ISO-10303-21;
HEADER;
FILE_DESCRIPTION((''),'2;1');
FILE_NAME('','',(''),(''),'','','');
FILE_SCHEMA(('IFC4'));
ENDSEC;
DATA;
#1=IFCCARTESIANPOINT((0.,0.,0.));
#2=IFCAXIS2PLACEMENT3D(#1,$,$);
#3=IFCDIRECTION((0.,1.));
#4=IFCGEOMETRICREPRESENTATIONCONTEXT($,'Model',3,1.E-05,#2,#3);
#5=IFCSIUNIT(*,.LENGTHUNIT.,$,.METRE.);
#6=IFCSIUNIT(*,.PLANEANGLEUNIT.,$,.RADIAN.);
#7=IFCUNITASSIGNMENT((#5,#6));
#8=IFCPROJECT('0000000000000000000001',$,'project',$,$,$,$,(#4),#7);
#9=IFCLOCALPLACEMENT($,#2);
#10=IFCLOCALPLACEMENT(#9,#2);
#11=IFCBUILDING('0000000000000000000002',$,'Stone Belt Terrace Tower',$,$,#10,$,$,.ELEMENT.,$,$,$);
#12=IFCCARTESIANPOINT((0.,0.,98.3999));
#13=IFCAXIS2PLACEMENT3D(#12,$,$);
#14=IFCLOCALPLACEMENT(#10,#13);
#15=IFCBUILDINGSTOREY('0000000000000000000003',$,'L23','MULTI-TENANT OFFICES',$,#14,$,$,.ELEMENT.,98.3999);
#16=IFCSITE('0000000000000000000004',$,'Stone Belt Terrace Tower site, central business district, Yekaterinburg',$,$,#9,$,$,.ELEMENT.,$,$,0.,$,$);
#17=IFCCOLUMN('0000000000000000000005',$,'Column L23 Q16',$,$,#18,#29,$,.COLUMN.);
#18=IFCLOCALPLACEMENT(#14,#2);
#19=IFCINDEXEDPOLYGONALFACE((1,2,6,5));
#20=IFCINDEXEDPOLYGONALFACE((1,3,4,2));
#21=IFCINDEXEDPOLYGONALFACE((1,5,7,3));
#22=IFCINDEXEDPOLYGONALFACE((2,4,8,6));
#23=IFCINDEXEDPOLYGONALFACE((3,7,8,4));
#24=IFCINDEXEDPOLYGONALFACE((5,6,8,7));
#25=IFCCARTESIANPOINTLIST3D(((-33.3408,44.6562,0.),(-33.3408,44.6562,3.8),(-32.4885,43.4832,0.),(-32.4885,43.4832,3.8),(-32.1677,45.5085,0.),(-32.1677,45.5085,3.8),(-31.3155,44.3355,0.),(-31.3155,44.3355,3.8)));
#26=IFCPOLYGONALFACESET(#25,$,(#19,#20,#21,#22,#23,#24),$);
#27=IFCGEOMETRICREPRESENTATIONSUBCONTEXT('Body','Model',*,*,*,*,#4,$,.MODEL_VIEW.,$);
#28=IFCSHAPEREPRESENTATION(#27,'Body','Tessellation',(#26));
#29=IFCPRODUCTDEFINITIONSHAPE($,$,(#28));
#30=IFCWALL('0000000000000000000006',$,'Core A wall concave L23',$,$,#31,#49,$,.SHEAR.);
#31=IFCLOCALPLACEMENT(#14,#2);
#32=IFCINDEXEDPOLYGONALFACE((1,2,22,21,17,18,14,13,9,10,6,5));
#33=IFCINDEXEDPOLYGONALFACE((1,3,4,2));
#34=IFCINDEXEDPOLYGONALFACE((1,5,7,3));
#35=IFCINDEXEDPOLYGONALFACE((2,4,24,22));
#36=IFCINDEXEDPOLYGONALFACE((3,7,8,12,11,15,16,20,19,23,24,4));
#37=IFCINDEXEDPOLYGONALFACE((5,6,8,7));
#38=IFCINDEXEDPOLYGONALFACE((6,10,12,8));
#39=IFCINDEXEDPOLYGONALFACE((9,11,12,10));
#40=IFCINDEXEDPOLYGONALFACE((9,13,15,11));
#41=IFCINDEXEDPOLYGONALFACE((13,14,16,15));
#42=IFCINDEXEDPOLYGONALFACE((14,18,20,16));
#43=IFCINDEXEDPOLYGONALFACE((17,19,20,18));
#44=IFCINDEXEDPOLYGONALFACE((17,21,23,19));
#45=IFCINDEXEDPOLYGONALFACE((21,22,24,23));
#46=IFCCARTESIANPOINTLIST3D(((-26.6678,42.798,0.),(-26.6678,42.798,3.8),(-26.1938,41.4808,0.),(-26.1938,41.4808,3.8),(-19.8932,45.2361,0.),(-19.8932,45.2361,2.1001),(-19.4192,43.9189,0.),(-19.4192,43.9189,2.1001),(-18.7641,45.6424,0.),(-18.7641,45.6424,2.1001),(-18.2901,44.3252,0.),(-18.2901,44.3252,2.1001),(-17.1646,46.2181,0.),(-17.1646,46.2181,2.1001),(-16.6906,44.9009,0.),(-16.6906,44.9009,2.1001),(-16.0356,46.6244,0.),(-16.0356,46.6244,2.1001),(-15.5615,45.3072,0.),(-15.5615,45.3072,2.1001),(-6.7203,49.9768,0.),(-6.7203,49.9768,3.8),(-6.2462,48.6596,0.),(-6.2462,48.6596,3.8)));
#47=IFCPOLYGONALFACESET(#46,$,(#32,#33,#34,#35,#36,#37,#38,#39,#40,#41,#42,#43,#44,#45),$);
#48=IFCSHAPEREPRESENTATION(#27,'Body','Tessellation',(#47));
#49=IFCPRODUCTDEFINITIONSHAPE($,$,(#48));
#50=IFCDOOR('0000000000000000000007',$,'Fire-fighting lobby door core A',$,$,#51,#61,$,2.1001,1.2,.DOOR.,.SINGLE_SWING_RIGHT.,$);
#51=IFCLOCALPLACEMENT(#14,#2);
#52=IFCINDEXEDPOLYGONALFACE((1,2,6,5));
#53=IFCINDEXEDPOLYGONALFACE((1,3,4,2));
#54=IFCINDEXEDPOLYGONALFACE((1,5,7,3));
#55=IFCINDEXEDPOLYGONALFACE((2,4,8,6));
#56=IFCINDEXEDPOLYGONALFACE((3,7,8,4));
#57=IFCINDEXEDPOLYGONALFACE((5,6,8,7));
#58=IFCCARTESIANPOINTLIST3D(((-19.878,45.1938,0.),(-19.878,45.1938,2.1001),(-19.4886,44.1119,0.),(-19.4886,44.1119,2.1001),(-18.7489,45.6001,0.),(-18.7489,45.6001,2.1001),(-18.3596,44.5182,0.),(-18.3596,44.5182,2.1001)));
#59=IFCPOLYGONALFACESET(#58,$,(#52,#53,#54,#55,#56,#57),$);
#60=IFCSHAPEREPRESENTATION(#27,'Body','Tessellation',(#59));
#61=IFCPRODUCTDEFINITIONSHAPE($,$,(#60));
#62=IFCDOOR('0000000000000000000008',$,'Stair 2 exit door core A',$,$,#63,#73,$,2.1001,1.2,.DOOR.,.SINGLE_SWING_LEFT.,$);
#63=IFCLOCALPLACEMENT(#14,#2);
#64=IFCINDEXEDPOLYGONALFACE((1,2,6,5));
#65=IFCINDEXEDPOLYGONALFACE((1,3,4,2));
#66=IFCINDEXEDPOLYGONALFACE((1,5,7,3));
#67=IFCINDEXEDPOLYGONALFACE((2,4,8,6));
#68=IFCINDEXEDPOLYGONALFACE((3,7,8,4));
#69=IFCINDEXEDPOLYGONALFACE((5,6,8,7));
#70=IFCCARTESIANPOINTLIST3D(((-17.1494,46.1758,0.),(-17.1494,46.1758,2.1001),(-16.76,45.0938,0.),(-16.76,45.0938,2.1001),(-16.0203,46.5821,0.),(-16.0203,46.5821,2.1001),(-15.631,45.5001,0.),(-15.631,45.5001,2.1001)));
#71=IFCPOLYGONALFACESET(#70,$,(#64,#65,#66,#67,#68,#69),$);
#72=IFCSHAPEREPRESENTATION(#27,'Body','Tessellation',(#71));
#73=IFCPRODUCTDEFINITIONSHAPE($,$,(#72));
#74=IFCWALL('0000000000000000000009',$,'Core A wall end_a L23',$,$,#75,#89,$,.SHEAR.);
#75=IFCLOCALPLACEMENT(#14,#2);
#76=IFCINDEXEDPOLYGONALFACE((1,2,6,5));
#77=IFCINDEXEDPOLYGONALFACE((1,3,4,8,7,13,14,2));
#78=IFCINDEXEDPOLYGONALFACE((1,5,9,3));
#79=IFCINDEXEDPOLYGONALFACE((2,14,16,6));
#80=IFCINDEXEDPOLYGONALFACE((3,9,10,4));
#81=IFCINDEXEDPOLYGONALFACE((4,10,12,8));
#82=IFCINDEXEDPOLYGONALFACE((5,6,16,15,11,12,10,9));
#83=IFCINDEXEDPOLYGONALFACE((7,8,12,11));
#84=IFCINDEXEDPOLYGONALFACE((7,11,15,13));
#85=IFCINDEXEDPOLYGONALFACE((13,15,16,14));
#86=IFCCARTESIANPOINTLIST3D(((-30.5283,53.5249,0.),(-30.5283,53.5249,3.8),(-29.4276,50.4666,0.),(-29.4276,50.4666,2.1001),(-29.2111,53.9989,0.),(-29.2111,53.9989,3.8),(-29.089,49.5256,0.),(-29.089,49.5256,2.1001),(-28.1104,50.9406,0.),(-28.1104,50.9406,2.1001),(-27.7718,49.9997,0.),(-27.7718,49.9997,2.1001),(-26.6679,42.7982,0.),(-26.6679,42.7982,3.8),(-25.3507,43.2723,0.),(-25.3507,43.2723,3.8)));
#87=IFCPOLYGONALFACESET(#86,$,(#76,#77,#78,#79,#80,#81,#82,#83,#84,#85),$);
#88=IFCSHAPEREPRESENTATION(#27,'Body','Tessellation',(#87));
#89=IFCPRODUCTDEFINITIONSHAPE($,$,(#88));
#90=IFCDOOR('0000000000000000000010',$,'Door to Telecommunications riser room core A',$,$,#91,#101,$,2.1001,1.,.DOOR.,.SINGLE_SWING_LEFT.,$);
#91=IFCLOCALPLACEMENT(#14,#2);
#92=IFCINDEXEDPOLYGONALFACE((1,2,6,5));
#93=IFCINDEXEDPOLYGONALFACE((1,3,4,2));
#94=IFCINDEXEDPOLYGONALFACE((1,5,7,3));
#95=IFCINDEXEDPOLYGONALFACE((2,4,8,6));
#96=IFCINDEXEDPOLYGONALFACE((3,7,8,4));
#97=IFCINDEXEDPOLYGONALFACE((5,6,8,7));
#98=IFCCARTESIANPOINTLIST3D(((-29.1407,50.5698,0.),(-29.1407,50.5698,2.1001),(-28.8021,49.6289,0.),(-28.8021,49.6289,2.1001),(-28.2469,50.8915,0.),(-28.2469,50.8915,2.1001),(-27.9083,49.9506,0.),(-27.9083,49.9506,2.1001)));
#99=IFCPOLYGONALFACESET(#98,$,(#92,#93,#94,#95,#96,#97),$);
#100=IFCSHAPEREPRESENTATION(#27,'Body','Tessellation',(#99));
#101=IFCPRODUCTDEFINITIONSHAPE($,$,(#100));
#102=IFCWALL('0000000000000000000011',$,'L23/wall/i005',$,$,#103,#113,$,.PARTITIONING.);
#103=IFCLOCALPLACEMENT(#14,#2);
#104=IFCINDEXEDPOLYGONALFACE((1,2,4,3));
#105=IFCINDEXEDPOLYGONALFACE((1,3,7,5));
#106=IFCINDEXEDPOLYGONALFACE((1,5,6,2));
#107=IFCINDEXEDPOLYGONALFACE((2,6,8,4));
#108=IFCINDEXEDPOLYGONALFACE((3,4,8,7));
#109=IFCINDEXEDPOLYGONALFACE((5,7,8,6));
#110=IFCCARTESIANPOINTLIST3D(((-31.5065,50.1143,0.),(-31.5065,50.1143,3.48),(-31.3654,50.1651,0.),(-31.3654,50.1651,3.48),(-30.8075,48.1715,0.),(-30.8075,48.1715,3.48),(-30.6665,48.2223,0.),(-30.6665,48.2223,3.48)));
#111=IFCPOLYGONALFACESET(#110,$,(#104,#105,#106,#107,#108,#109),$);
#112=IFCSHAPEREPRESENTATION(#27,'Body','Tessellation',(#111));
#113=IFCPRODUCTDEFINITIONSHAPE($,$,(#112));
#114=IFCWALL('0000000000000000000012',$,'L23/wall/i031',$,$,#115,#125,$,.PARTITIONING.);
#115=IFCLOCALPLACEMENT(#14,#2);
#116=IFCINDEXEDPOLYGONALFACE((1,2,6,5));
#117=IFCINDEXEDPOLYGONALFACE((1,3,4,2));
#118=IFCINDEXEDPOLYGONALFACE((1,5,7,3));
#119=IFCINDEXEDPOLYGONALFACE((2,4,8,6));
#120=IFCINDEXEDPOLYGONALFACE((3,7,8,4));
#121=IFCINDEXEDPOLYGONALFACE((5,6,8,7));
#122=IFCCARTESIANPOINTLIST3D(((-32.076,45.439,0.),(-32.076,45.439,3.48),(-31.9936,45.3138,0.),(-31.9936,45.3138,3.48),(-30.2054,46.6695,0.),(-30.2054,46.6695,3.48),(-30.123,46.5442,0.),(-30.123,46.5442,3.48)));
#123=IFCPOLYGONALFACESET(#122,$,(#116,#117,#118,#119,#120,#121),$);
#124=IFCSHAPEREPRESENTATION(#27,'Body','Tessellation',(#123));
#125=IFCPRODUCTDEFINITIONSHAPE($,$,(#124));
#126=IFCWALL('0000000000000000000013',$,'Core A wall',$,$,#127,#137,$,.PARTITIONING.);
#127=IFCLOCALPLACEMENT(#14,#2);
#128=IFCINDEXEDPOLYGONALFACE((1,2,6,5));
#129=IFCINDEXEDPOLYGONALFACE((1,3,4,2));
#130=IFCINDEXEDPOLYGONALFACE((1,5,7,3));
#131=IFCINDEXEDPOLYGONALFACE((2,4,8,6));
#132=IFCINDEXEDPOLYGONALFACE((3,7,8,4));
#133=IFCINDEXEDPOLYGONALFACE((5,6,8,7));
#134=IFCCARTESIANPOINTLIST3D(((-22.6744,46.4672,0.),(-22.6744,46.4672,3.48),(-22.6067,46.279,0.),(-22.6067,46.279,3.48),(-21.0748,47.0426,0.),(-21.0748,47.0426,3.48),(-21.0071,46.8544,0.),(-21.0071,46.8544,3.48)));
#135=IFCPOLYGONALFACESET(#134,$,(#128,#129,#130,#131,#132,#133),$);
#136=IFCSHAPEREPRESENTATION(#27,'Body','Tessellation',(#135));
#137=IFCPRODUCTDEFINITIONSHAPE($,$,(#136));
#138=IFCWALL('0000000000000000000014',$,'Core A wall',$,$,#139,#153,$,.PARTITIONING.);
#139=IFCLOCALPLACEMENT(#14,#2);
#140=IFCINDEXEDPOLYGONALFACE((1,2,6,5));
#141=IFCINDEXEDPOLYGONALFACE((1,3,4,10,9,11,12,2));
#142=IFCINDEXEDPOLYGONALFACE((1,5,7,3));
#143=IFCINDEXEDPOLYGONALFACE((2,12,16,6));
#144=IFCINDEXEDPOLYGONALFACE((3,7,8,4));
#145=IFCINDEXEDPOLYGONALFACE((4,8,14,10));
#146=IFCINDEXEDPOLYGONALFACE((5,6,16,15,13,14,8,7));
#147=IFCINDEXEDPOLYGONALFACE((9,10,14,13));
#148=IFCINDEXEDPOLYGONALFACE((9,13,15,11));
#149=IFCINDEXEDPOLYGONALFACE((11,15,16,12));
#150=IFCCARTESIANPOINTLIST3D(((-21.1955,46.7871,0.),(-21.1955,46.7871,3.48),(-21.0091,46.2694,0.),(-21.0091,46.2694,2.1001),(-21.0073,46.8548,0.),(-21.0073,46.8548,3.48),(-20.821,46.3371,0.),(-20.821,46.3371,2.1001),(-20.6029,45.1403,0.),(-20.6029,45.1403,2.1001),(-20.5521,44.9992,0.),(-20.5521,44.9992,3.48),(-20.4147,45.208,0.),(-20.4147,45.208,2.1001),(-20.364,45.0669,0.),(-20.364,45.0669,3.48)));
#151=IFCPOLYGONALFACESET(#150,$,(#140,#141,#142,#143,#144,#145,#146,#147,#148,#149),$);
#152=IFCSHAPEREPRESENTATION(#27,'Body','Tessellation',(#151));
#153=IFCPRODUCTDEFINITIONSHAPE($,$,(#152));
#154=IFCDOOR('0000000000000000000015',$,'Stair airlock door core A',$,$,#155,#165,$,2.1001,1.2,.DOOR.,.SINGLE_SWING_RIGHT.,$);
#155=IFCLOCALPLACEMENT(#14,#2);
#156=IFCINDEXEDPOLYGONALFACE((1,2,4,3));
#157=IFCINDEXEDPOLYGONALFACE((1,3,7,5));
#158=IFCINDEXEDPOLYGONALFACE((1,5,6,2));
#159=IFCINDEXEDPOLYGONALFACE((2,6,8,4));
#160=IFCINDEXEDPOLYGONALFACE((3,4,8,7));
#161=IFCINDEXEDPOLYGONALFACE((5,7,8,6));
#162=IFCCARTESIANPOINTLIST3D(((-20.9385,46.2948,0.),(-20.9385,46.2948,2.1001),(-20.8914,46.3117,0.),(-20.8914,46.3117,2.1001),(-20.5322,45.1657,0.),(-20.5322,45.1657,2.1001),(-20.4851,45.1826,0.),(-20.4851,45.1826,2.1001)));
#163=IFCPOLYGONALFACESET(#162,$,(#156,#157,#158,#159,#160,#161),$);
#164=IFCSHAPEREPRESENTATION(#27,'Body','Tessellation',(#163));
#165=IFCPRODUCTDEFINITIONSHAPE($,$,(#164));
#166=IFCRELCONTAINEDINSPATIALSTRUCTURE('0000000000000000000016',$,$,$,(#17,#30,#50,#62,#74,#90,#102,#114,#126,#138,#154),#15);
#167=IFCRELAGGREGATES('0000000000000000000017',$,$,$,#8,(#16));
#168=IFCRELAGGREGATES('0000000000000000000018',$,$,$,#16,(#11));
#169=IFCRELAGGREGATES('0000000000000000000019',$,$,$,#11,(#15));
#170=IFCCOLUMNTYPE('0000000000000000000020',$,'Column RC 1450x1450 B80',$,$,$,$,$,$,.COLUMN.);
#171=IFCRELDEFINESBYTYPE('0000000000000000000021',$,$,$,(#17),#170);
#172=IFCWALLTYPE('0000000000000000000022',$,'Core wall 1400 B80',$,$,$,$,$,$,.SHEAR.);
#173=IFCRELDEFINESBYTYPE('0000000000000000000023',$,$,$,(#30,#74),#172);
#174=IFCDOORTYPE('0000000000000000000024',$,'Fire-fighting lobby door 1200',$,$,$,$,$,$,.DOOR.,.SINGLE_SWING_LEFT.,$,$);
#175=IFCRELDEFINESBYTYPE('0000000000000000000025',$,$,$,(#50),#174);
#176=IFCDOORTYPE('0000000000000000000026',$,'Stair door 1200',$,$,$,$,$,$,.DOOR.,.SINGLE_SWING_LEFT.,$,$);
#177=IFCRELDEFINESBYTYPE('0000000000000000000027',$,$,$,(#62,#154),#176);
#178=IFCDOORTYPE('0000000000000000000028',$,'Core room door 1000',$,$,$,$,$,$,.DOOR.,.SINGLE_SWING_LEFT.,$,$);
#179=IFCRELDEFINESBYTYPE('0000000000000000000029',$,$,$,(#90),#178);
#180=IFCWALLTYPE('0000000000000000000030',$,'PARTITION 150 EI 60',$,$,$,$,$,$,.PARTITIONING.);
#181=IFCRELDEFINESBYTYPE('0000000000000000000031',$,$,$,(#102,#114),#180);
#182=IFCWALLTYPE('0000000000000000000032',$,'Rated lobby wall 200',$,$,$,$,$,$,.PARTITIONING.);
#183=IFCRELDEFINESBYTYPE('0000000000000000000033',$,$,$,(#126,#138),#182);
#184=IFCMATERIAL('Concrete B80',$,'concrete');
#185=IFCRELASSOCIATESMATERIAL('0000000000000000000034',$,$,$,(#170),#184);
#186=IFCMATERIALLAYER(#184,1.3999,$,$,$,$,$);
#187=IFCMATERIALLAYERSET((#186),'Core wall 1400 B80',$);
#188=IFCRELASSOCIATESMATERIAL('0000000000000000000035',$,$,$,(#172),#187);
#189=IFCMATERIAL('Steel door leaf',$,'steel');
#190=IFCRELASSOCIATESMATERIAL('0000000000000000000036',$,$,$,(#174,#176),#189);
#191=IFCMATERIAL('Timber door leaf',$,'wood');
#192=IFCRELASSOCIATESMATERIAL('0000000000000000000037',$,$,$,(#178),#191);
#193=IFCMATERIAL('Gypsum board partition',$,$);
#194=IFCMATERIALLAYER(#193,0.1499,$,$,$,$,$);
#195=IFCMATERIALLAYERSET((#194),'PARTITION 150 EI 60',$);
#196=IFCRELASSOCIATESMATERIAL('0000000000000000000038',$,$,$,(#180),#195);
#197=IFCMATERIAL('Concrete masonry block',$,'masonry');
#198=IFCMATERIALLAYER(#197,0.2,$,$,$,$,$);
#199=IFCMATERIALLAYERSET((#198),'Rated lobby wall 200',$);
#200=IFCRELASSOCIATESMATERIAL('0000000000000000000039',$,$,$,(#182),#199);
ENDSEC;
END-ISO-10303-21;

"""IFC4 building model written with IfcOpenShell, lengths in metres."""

from ifc_helpers import new_model, si_unit, direction, frame, frame_2d, origin, origin_2d, place, context, subcontext, project, spatial, rectangle, extrude, material, layer, layer_set, material_profile, profile_set, type_object, element, fill, save


model = new_model("IFC4")

# Units and contexts
model_context = context("Model", 3, precision=1e-05, world=origin(), true_north=direction((0.0, 1.0)))
body_context = subcontext(model_context, "Body", "Model", "MODEL_VIEW")
ifc_project = project(units=[si_unit("LENGTHUNIT", "METRE"), si_unit("PLANEANGLEUNIT", "RADIAN")], contexts=[model_context])

# Site, building, storey
site_placement = place(None, origin())
site = spatial("IfcSite", under=ifc_project, at=site_placement, Name="Stone Belt Terrace Tower site, central business district, Yekaterinburg", CompositionType="ELEMENT", RefElevation=0.0)
building_placement = place(site_placement, origin())
building = spatial("IfcBuilding", under=site, at=building_placement, Name="Stone Belt Terrace Tower", CompositionType="ELEMENT")
storey_placement = place(building_placement, frame((0.0, 0.0, 98.3999)))
storey = spatial("IfcBuildingStorey", under=building, at=storey_placement, Name="L23", Description="MULTI-TENANT OFFICES", CompositionType="ELEMENT", Elevation=98.3999)

# Column
ifc_material_1 = material(Name="Concrete B80", Category="concrete")
ifc_material_profile = material_profile(ifc_material_1, rectangle(XDim=1.45, YDim=1.45, at=origin_2d()), Name="RC 1450x1450")
ifc_profile_set = profile_set([ifc_material_profile], Name="Concrete B80")
column_type = type_object("IfcColumnType", Name="Column RC 1450x1450 B80", PredefinedType="COLUMN", material=ifc_profile_set)
column_placement = place(storey_placement, frame((-32.3281, 44.4958, 0.0), z_axis=(0.0, 0.0, 1.0), x_axis=(0.809017, 0.587785, 0.0)))
element("IfcColumn", 1, at=column_placement, inside=storey, type_object=column_type, Name="Column L23 Q16", PredefinedType="COLUMN", context=body_context, shape_type="SweptSolid", body=[
    extrude(rectangle(XDim=1.45, YDim=1.45, at=origin_2d()), origin(), (0.0, 0.0, 1.0), 3.8),
])

# Wall, openings, doors
ifc_layer_1 = layer(ifc_material_1, 1.3999)
ifc_layer_set_1 = layer_set([ifc_layer_1], Name="Core wall 1400 B80")
wall_type_1 = type_object("IfcWallType", Name="Core wall 1400 B80", PredefinedType="SHEAR", material=ifc_layer_set_1)
wall_1_placement = place(storey_placement, frame((-26.4309, 42.1394, 0.0), z_axis=(0.0, 0.0, 1.0), x_axis=(0.940923, 0.33862, 0.0)))
wall_1 = element("IfcWall", 2, at=wall_1_placement, inside=storey, type_object=wall_type_1, Name="Core A wall concave L23", PredefinedType="SHEAR", context=body_context, shape_type="SweptSolid", body=[
    extrude(rectangle(XDim=21.2, YDim=1.3999, at=frame_2d((10.6001, 0.0))), origin(), (0.0, 0.0, 1.0), 3.8),
])
opening_1_placement = place(wall_1_placement, frame((7.2, 0.0, 0.0)))
opening_1 = element("IfcOpeningElement", 3, at=opening_1_placement, cuts=wall_1, PredefinedType="OPENING", context=body_context, shape_type="SweptSolid", body=[
    extrude(rectangle(XDim=1.2, YDim=2.1001, at=frame_2d((0.6001, 1.05))), frame((0.0, 0.71, 0.0), z_axis=(0.0, -1.0, 0.0), x_axis=(1.0, 0.0, 0.0)), (0.0, 0.0, 1.0), 1.4199),
])
opening_2_placement = place(wall_1_placement, frame((10.0999, 0.0, 0.0)))
opening_2 = element("IfcOpeningElement", 4, at=opening_2_placement, cuts=wall_1, PredefinedType="OPENING", context=body_context, shape_type="SweptSolid", body=[
    extrude(rectangle(XDim=1.2, YDim=2.1001, at=frame_2d((0.6001, 1.05))), frame((0.0, 0.71, 0.0), z_axis=(0.0, -1.0, 0.0), x_axis=(1.0, 0.0, 0.0)), (0.0, 0.0, 1.0), 1.4199),
])
ifc_material_2 = material(Name="Steel door leaf", Category="steel")
door_type_1 = type_object("IfcDoorType", Name="Fire-fighting lobby door 1200", OperationType="SINGLE_SWING_LEFT", PredefinedType="DOOR", material=ifc_material_2)
door_1_placement = place(opening_1_placement, origin())
door_1 = element("IfcDoor", 5, at=door_1_placement, inside=storey, type_object=door_type_1, Name="Fire-fighting lobby door core A", OperationType="SINGLE_SWING_RIGHT", OverallHeight=2.1001, OverallWidth=1.2, PredefinedType="DOOR", context=body_context, shape_type="SweptSolid", body=[
    extrude(rectangle(XDim=1.2, YDim=2.1001, at=frame_2d((0.6001, 1.05))), frame((0.0, 0.655, 0.0), z_axis=(0.0, -1.0, 0.0), x_axis=(1.0, 0.0, 0.0)), (0.0, 0.0, 1.0), 1.1499),
])
fill(opening_1, door_1)
door_type_2 = type_object("IfcDoorType", Name="Stair door 1200", OperationType="SINGLE_SWING_LEFT", PredefinedType="DOOR", material=ifc_material_2)
door_2_placement = place(opening_2_placement, origin())
door_2 = element("IfcDoor", 6, at=door_2_placement, inside=storey, type_object=door_type_2, Name="Stair 2 exit door core A", OperationType="SINGLE_SWING_LEFT", OverallHeight=2.1001, OverallWidth=1.2, PredefinedType="DOOR", context=body_context, shape_type="SweptSolid", body=[
    extrude(rectangle(XDim=1.2, YDim=2.1001, at=frame_2d((0.6001, 1.05))), frame((0.0, 0.655, 0.0), z_axis=(0.0, -1.0, 0.0), x_axis=(1.0, 0.0, 0.0)), (0.0, 0.0, 1.0), 1.1499),
])
fill(opening_2, door_2)

# Wall, opening, door
wall_2_placement = place(storey_placement, frame((-26.0093, 43.0352, 0.0), z_axis=(0.0, 0.0, 1.0), x_axis=(-0.338625, 0.940921, 0.0)))
wall_2 = element("IfcWall", 7, at=wall_2_placement, inside=storey, type_object=wall_type_1, Name="Core A wall end_a L23", PredefinedType="SHEAR", context=body_context, shape_type="SweptSolid", body=[
    extrude(rectangle(XDim=11.4001, YDim=1.3999, at=frame_2d((5.7002, 0.0))), origin(), (0.0, 0.0, 1.0), 3.8),
])
opening_3_placement = place(wall_2_placement, frame((7.1499, 0.0, 0.0)))
opening_3 = element("IfcOpeningElement", 8, at=opening_3_placement, cuts=wall_2, PredefinedType="OPENING", context=body_context, shape_type="SweptSolid", body=[
    extrude(rectangle(XDim=1.0, YDim=2.1001, at=frame_2d((0.5, 1.05))), frame((0.0, 0.71, 0.0), z_axis=(0.0, -1.0, 0.0), x_axis=(1.0, 0.0, 0.0)), (0.0, 0.0, 1.0), 1.4199),
])
ifc_material_3 = material(Name="Timber door leaf", Category="wood")
door_type_3 = type_object("IfcDoorType", Name="Core room door 1000", OperationType="SINGLE_SWING_LEFT", PredefinedType="DOOR", material=ifc_material_3)
door_3_placement = place(opening_3_placement, origin())
door_3 = element("IfcDoor", 9, at=door_3_placement, inside=storey, type_object=door_type_3, Name="Door to Telecommunications riser room core A", OperationType="SINGLE_SWING_LEFT", OverallHeight=2.1001, OverallWidth=1.0, PredefinedType="DOOR", context=body_context, shape_type="SweptSolid", body=[
    extrude(rectangle(XDim=1.0, YDim=2.1001, at=frame_2d((0.5, 1.05))), frame((0.0, 0.395, 0.0), z_axis=(0.0, -1.0, 0.0), x_axis=(1.0, 0.0, 0.0)), (0.0, 0.0, 1.0), 0.95),
])
fill(opening_3, door_3)

# Walls
ifc_material_4 = material(Name="Gypsum board partition")
ifc_layer_2 = layer(ifc_material_4, 0.1499)
ifc_layer_set_2 = layer_set([ifc_layer_2], Name="PARTITION 150 EI 60")
wall_type_2 = type_object("IfcWallType", Name="PARTITION 150 EI 60", PredefinedType="PARTITIONING", material=ifc_layer_set_2)
wall_3_placement = place(storey_placement, frame((-30.7371, 48.197, 0.0), z_axis=(0.0, 0.0, 1.0), x_axis=(-0.338523, 0.940958, 0.0)))
element("IfcWall", 10, at=wall_3_placement, inside=storey, type_object=wall_type_2, Name="L23/wall/i005", PredefinedType="PARTITIONING", context=body_context, shape_type="SweptSolid", body=[
    extrude(rectangle(XDim=2.0647, YDim=0.1499, at=frame_2d((1.0322, 0.0))), origin(), (0.0, 0.0, 1.0), 3.48),
])
wall_4_placement = place(storey_placement, frame((-30.1641, 46.6069, 0.0), z_axis=(0.0, 0.0, 1.0), x_axis=(-0.835457, -0.549556, 0.0)))
element("IfcWall", 11, at=wall_4_placement, inside=storey, type_object=wall_type_2, Name="L23/wall/i031", PredefinedType="PARTITIONING", context=body_context, shape_type="SweptSolid", body=[
    extrude(rectangle(XDim=2.239, YDim=0.1499, at=frame_2d((1.1196, 0.0))), origin(), (0.0, 0.0, 1.0), 3.48),
])
ifc_material_5 = material(Name="Concrete masonry block", Category="masonry")
ifc_layer_3 = layer(ifc_material_5, 0.2)
ifc_layer_set_3 = layer_set([ifc_layer_3], Name="Rated lobby wall 200")
wall_type_3 = type_object("IfcWallType", Name="Rated lobby wall 200", PredefinedType="PARTITIONING", material=ifc_layer_set_3)
wall_5_placement = place(storey_placement, frame((-22.6406, 46.373, 0.0), z_axis=(0.0, 0.0, 1.0), x_axis=(0.940966, 0.338501, 0.0)))
element("IfcWall", 12, at=wall_5_placement, inside=storey, type_object=wall_type_3, Name="Core A wall", PredefinedType="PARTITIONING", context=body_context, shape_type="SweptSolid", body=[
    extrude(rectangle(XDim=1.7, YDim=0.2, at=frame_2d((0.8501, 0.0))), origin(), (0.0, 0.0, 1.0), 3.48),
])

# Wall, opening, door
wall_6_placement = place(storey_placement, frame((-20.458, 45.033, 0.0), z_axis=(0.0, 0.0, 1.0), x_axis=(-0.338574, 0.94094, 0.0)))
wall_6 = element("IfcWall", 13, at=wall_6_placement, inside=storey, type_object=wall_type_3, Name="Core A wall", PredefinedType="PARTITIONING", context=body_context, shape_type="SweptSolid", body=[
    extrude(rectangle(XDim=1.9001, YDim=0.2, at=frame_2d((0.9502, 0.0))), origin(), (0.0, 0.0, 1.0), 3.48),
])
opening_4_placement = place(wall_6_placement, frame((0.1499, 0.0, 0.0)))
opening_4 = element("IfcOpeningElement", 14, at=opening_4_placement, cuts=wall_6, PredefinedType="OPENING", context=body_context, shape_type="SweptSolid", body=[
    extrude(rectangle(XDim=1.2, YDim=2.1001, at=frame_2d((0.6001, 1.05))), frame((0.0, 0.1099, 0.0), z_axis=(0.0, -1.0, 0.0), x_axis=(1.0, 0.0, 0.0)), (0.0, 0.0, 1.0), 0.22),
])
door_4_placement = place(opening_4_placement, origin())
door_4 = element("IfcDoor", 15, at=door_4_placement, inside=storey, type_object=door_type_2, Name="Stair airlock door core A", OperationType="SINGLE_SWING_RIGHT", OverallHeight=2.1001, OverallWidth=1.2, PredefinedType="DOOR", context=body_context, shape_type="SweptSolid", body=[
    extrude(rectangle(XDim=1.2, YDim=2.1001, at=frame_2d((0.6001, 1.05))), frame((0.0, 0.0249, 0.0), z_axis=(0.0, -1.0, 0.0), x_axis=(1.0, 0.0, 0.0)), (0.0, 0.0, 1.0), 0.05),
])
fill(opening_4, door_4)

save(model, "model.ifc")
